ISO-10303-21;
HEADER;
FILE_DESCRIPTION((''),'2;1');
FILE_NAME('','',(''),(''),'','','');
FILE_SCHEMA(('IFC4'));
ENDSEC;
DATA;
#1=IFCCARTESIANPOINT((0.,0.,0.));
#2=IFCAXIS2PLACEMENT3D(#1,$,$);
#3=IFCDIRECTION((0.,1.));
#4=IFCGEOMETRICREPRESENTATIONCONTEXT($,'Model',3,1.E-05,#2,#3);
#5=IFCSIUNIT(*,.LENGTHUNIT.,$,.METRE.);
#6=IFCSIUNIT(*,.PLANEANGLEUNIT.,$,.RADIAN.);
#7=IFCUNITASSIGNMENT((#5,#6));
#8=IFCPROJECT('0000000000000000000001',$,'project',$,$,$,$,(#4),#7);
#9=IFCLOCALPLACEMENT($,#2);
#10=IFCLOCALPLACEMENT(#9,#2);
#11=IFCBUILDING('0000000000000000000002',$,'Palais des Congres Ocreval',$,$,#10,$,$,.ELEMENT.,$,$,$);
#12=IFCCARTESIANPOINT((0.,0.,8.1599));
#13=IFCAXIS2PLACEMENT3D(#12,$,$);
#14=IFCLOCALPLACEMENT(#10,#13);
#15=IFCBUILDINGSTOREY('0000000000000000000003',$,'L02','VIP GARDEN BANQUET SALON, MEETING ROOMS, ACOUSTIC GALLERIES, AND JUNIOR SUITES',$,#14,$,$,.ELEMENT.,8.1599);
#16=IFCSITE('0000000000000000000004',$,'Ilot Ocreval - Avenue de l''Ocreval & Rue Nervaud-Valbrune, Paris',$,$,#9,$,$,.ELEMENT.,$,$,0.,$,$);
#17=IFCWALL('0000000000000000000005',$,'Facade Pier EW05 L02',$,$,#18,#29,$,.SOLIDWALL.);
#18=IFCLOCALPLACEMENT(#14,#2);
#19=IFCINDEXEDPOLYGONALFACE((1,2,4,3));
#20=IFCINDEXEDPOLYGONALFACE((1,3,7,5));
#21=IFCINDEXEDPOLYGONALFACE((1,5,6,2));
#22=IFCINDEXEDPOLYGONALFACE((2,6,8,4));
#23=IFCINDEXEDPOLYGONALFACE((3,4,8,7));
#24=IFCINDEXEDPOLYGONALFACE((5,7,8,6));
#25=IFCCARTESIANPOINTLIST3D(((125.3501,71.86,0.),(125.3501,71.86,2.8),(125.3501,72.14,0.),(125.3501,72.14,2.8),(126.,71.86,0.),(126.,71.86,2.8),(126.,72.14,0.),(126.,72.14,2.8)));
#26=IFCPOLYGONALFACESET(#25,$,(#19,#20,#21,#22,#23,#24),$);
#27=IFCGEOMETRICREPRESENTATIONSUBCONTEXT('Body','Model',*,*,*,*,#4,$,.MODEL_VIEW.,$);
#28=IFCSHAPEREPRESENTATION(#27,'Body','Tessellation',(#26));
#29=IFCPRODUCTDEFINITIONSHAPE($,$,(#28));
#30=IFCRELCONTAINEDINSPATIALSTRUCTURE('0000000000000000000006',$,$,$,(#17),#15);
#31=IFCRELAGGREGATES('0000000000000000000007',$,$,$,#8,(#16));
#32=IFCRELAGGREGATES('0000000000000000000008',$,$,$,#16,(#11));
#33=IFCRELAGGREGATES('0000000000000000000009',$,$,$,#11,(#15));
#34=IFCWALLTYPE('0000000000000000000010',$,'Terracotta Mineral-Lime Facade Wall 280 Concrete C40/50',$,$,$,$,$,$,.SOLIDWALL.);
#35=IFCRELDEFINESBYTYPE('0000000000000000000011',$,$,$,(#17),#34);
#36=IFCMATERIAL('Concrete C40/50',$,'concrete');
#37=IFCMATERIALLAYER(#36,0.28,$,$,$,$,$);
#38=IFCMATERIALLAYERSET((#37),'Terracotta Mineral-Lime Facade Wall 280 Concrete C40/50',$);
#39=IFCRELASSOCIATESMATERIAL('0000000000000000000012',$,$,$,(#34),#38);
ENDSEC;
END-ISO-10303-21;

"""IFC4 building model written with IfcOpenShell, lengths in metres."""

from ifc_helpers import new_model, si_unit, direction, frame, frame_2d, origin, place, context, subcontext, project, spatial, rectangle, extrude, material, layer, layer_set, type_object, element, save


model = new_model("IFC4")

# Units and contexts
model_context = context("Model", 3, precision=1e-05, world=origin(), true_north=direction((0.0, 1.0)))
body_context = subcontext(model_context, "Body", "Model", "MODEL_VIEW")
ifc_project = project(units=[si_unit("LENGTHUNIT", "METRE"), si_unit("PLANEANGLEUNIT", "RADIAN")], contexts=[model_context])

# Site, building, storey
site_placement = place(None, origin())
site = spatial("IfcSite", under=ifc_project, at=site_placement, Name="Ilot Ocreval - Avenue de l'Ocreval & Rue Nervaud-Valbrune, Paris", CompositionType="ELEMENT", RefElevation=0.0)
building_placement = place(site_placement, origin())
building = spatial("IfcBuilding", under=site, at=building_placement, Name="Palais des Congres Ocreval", CompositionType="ELEMENT")
storey_placement = place(building_placement, frame((0.0, 0.0, 8.1599)))
storey = spatial("IfcBuildingStorey", under=building, at=storey_placement, Name="L02", Description="VIP GARDEN BANQUET SALON, MEETING ROOMS, ACOUSTIC GALLERIES, AND JUNIOR SUITES", CompositionType="ELEMENT", Elevation=8.1599)

# Wall
ifc_material_1 = material(Name="Concrete C40/50", Category="concrete")
ifc_layer_1 = layer(ifc_material_1, 0.28)
ifc_layer_set_1 = layer_set([ifc_layer_1], Name="Terracotta Mineral-Lime Facade Wall 280 Concrete C40/50")
wall_type_1 = type_object("IfcWallType", Name="Terracotta Mineral-Lime Facade Wall 280 Concrete C40/50", PredefinedType="SOLIDWALL", material=ifc_layer_set_1)
wall_1_placement = place(storey_placement, frame((126.0, 72.0, 0.0), z_axis=(0.0, 0.0, 1.0), x_axis=(-1.0, 0.0, 0.0)))
element("IfcWall", 1, at=wall_1_placement, inside=storey, type_object=wall_type_1, Name="Facade Pier EW05 L02", PredefinedType="SOLIDWALL", context=body_context, shape_type="SweptSolid", body=[
    extrude(rectangle(XDim=0.6499, YDim=0.28, at=frame_2d((0.325, 0.0))), origin(), (0.0, 0.0, 1.0), 2.8),
])

save(model, "model.ifc")
